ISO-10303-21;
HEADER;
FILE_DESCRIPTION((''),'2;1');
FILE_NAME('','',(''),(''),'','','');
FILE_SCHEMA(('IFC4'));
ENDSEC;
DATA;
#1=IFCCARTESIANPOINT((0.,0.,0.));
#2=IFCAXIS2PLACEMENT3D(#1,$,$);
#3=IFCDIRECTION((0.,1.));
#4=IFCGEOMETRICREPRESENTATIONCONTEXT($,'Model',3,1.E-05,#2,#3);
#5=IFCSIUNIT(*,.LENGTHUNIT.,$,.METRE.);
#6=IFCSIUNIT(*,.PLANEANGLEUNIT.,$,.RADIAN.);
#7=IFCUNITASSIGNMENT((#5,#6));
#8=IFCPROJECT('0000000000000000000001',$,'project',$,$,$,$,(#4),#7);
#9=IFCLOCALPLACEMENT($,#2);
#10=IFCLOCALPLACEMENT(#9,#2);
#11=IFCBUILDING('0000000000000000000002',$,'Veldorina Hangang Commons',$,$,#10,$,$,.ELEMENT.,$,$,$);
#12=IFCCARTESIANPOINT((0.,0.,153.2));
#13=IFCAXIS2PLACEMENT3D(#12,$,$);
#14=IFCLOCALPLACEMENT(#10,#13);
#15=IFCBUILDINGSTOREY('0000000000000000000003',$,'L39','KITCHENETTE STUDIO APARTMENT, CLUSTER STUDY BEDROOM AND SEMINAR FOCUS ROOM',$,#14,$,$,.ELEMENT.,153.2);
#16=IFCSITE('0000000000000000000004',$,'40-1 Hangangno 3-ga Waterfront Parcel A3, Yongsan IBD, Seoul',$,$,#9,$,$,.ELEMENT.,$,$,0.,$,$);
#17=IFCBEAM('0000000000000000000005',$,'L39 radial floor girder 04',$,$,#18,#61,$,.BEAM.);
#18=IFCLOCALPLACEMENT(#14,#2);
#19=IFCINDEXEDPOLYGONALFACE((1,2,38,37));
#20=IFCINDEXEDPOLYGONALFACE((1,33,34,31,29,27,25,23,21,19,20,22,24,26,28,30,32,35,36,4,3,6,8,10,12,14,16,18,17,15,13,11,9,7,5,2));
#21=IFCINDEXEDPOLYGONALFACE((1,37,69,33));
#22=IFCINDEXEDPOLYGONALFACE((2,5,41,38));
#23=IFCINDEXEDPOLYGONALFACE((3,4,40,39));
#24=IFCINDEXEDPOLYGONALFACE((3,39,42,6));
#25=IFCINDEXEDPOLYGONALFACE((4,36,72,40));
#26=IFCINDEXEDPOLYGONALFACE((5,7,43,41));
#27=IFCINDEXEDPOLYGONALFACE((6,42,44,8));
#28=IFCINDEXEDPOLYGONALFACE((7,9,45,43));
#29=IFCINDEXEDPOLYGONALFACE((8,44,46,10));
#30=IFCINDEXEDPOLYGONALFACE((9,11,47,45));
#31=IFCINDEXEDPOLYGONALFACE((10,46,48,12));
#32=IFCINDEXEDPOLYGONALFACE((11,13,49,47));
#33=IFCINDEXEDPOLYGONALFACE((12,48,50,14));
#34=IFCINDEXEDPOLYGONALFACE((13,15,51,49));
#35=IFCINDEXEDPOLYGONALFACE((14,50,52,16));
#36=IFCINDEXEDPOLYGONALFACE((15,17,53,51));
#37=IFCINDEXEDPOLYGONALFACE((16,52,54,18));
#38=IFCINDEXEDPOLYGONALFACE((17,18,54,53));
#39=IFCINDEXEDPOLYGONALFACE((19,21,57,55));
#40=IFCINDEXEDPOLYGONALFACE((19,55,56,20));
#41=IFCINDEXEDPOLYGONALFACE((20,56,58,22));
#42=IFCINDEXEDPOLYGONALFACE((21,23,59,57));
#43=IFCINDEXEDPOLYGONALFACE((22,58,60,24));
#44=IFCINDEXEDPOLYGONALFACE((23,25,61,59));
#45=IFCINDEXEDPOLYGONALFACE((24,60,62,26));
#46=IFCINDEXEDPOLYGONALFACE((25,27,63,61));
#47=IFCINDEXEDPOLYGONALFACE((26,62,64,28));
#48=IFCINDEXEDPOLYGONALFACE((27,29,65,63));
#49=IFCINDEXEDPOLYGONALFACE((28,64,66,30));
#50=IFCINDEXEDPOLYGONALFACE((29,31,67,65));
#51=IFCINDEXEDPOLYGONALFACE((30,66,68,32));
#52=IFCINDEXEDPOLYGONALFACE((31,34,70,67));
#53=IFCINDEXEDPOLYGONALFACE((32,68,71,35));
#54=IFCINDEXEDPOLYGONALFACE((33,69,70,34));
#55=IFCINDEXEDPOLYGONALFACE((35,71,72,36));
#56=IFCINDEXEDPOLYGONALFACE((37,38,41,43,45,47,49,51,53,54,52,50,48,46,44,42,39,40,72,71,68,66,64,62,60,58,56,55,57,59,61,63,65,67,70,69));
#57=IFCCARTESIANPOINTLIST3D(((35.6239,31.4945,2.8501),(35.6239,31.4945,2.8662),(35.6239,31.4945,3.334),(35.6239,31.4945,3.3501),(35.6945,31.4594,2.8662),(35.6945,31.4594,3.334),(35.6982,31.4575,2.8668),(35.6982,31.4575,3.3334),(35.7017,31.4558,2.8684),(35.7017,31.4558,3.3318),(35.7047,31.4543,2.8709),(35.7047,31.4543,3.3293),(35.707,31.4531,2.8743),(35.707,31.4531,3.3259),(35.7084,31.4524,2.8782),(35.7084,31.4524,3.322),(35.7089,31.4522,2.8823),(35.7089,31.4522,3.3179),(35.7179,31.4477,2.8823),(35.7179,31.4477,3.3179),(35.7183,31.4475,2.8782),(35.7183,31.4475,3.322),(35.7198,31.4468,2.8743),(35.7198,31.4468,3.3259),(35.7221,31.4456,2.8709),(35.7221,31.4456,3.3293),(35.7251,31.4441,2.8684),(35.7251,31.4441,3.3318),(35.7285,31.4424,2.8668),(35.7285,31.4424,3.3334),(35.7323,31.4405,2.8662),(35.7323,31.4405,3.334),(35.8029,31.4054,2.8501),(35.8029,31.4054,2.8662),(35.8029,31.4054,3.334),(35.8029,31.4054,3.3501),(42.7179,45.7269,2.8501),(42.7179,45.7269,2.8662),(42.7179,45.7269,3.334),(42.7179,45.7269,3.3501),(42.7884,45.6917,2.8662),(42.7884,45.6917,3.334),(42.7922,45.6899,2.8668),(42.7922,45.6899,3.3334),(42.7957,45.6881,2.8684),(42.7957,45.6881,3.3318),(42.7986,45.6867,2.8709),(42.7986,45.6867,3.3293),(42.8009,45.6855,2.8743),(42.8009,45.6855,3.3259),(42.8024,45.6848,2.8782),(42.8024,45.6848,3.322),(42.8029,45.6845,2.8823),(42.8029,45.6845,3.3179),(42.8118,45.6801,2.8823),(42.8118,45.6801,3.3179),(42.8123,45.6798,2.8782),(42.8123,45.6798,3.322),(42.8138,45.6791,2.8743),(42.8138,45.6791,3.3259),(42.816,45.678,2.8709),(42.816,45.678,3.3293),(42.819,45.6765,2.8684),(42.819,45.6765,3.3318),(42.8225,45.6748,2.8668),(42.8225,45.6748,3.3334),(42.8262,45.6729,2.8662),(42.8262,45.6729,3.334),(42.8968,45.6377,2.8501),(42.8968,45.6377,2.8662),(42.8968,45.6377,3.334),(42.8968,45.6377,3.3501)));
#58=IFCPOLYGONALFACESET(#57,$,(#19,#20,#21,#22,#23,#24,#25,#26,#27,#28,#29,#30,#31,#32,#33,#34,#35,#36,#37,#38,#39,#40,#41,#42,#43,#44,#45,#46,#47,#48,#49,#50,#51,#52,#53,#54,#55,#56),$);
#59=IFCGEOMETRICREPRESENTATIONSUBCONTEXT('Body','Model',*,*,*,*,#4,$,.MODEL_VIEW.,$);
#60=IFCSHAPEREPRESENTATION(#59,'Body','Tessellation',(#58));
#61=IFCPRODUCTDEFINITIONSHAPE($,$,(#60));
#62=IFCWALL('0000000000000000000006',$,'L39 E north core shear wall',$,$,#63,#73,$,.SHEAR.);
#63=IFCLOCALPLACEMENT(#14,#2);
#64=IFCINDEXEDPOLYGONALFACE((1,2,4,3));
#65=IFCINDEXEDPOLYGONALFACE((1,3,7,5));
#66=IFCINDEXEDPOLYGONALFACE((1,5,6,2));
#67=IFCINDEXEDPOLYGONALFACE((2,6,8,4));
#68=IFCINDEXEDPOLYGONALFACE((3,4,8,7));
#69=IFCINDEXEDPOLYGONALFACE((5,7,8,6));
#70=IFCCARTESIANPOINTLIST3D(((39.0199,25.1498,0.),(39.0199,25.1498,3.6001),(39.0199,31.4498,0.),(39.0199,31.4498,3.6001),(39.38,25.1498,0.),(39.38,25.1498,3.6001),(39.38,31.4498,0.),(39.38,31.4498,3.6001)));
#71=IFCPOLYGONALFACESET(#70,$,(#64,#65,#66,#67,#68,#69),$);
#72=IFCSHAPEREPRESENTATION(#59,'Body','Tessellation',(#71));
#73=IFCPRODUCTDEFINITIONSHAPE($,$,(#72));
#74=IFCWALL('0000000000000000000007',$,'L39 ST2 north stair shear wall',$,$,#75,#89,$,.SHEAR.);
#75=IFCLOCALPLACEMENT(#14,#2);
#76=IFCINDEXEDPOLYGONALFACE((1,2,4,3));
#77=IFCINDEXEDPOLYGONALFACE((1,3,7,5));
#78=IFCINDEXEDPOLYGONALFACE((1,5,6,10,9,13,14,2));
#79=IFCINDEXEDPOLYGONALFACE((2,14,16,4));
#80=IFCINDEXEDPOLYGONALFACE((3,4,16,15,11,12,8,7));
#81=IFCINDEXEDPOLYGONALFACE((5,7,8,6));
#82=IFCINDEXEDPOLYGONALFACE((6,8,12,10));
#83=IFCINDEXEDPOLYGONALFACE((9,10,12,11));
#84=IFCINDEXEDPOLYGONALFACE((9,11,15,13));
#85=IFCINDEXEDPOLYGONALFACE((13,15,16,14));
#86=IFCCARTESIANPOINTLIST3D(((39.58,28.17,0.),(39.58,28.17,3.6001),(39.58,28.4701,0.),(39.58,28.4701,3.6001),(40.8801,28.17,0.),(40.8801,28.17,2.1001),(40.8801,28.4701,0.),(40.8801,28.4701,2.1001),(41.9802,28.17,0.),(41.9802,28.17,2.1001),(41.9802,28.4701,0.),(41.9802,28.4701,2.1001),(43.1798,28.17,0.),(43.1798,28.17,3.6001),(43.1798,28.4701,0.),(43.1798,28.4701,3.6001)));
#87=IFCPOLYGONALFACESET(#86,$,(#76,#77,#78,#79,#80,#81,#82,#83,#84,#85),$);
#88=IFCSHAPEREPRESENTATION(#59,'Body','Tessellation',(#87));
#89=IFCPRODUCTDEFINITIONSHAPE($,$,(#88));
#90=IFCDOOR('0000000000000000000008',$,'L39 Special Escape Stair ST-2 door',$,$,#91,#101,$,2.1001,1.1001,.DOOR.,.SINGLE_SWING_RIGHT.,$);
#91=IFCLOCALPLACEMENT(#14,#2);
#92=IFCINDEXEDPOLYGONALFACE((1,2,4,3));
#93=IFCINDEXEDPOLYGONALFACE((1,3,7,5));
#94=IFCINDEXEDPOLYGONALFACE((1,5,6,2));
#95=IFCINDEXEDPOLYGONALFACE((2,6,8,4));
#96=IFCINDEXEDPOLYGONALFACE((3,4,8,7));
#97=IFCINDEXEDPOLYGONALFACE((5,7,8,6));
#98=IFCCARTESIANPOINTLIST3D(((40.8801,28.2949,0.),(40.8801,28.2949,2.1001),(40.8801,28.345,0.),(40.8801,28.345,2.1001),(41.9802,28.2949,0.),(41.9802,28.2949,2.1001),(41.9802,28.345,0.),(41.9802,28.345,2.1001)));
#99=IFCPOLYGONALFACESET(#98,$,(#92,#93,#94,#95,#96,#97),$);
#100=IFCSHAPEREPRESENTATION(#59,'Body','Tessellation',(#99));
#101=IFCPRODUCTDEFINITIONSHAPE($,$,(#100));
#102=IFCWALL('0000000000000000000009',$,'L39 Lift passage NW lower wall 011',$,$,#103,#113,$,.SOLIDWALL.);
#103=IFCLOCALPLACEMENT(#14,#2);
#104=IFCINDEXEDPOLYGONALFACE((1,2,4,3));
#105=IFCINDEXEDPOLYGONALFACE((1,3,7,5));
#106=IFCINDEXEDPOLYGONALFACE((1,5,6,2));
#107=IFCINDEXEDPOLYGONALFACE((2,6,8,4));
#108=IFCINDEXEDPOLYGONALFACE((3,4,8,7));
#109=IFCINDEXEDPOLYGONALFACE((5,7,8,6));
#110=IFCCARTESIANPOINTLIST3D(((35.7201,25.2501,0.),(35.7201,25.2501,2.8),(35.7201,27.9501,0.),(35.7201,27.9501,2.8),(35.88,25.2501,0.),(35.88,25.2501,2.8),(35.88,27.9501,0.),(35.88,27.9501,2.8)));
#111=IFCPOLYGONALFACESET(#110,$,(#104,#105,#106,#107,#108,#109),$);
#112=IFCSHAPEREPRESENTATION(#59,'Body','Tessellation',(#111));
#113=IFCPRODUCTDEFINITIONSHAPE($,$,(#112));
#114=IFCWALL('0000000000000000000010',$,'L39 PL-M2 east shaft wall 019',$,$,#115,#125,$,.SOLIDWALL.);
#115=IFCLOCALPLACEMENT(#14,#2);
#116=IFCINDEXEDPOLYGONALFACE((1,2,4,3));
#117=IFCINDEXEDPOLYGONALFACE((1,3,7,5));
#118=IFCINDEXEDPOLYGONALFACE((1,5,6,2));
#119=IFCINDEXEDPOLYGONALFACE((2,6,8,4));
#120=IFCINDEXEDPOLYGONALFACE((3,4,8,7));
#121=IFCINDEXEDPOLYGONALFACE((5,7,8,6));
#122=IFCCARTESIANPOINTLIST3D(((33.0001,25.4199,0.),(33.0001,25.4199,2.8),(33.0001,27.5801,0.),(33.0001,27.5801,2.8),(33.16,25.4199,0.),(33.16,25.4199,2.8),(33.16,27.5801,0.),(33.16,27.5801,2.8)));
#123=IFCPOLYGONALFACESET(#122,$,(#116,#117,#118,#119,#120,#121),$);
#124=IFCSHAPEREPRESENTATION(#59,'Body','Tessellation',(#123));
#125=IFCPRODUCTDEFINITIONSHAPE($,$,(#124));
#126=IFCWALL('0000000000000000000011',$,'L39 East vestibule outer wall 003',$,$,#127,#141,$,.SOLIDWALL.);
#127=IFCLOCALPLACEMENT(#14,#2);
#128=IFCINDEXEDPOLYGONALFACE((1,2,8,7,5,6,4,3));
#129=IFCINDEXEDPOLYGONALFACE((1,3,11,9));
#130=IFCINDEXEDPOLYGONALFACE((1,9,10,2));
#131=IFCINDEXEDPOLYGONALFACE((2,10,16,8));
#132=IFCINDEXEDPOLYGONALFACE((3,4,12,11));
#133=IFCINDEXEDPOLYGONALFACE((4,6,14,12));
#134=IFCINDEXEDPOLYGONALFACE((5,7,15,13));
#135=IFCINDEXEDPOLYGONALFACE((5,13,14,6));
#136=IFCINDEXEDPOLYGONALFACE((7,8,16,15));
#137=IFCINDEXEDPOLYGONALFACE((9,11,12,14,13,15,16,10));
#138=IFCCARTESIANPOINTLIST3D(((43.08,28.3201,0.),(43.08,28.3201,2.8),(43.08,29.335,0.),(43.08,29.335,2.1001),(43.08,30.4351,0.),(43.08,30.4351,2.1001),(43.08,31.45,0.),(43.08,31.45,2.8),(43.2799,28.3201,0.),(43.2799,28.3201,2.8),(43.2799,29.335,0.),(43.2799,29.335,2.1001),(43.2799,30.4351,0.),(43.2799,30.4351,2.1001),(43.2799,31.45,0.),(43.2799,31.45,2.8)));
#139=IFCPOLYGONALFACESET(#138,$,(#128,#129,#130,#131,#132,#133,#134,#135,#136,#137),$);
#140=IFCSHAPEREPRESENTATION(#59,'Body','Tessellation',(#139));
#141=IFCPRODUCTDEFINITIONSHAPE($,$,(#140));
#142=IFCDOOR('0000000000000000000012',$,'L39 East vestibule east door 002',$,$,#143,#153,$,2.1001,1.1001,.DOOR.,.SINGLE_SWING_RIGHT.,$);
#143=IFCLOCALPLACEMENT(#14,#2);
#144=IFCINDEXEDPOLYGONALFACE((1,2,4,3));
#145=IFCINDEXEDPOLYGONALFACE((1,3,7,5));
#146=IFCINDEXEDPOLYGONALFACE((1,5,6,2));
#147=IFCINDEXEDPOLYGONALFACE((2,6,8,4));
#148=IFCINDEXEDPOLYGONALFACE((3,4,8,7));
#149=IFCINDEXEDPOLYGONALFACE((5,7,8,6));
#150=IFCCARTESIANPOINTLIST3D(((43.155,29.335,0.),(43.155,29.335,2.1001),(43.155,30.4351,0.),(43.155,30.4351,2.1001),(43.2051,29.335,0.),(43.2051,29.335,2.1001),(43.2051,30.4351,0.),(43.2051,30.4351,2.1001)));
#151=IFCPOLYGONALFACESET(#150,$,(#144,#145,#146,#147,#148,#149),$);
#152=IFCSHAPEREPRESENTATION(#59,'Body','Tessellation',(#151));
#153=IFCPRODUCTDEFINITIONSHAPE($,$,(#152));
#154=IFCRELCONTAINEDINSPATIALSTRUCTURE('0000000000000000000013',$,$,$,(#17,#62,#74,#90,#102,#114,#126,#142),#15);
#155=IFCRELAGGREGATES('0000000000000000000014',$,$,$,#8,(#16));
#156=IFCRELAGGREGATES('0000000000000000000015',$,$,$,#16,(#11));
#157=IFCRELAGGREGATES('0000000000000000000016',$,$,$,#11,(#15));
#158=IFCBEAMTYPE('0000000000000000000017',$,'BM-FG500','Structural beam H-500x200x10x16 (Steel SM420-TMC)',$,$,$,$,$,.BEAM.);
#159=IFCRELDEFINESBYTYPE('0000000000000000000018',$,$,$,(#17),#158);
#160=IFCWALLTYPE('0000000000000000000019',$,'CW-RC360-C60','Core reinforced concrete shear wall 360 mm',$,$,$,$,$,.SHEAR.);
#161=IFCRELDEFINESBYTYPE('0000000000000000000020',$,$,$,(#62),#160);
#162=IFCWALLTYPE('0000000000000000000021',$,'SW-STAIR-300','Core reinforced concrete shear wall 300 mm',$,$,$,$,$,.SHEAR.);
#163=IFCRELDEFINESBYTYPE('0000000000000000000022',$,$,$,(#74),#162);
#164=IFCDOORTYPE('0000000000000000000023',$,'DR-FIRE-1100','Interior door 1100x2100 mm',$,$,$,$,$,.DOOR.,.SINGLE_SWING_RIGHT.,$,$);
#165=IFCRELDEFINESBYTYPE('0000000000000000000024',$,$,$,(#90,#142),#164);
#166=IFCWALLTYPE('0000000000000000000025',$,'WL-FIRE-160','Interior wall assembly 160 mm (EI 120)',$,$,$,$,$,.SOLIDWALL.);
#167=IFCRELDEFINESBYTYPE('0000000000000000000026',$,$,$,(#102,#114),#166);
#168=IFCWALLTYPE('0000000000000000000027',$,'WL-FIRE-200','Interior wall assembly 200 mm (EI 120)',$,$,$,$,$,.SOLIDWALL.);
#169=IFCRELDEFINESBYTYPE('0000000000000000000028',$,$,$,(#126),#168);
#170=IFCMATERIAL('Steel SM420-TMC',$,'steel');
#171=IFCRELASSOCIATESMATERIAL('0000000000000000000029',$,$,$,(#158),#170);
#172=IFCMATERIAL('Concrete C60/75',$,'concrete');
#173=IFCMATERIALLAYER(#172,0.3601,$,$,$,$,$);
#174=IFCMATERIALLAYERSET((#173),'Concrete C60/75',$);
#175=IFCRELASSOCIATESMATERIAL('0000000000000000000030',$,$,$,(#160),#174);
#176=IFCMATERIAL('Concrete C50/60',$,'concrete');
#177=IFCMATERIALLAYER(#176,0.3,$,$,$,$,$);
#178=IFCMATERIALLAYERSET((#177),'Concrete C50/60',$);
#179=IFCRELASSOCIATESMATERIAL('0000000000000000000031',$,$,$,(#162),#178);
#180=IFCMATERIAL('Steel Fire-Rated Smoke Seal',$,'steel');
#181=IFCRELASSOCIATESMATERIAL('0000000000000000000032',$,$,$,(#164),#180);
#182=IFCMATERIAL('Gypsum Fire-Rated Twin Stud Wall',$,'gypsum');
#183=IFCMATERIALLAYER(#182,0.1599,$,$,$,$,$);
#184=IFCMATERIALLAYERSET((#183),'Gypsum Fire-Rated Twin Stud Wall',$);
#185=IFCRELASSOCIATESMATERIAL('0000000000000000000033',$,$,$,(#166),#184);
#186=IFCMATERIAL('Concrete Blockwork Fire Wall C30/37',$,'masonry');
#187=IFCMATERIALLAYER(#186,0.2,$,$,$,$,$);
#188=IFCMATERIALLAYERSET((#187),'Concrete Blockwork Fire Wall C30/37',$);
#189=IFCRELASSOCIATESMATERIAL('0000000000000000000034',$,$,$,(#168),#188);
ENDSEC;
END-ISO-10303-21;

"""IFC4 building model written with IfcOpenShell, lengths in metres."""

from ifc_helpers import new_model, si_unit, direction, frame, frame_2d, origin, origin_2d, place, context, subcontext, project, spatial, rectangle, i_section, extrude, material, layer, layer_set, material_profile, profile_set, type_object, element, fill, save


model = new_model("IFC4")

# Units and contexts
model_context = context("Model", 3, precision=1e-05, world=origin(), true_north=direction((0.0, 1.0)))
body_context = subcontext(model_context, "Body", "Model", "MODEL_VIEW")
ifc_project = project(units=[si_unit("LENGTHUNIT", "METRE"), si_unit("PLANEANGLEUNIT", "RADIAN")], contexts=[model_context])

# Site, building, storey
site_placement = place(None, origin())
site = spatial("IfcSite", under=ifc_project, at=site_placement, Name="40-1 Hangangno 3-ga Waterfront Parcel A3, Yongsan IBD, Seoul", CompositionType="ELEMENT", RefElevation=0.0)
building_placement = place(site_placement, origin())
building = spatial("IfcBuilding", under=site, at=building_placement, Name="Veldorina Hangang Commons", CompositionType="ELEMENT")
storey_placement = place(building_placement, frame((0.0, 0.0, 153.2)))
storey = spatial("IfcBuildingStorey", under=building, at=storey_placement, Name="L39", Description="KITCHENETTE STUDIO APARTMENT, CLUSTER STUDY BEDROOM AND SEMINAR FOCUS ROOM", CompositionType="ELEMENT", Elevation=153.2)

# Beam
ifc_material_1 = material(Name="Concrete C60/75", Category="concrete")
ifc_material_2 = material(Name="Steel SM420-TMC", Category="steel")
ifc_material_profile_1 = material_profile(ifc_material_2, i_section(OverallWidth=0.2, OverallDepth=0.5, WebThickness=0.01, FlangeThickness=0.0161, FilletRadius=0.0161, at=origin_2d()), Name="H-500x200x10x16")
ifc_profile_set_1 = profile_set([ifc_material_profile_1], Name="Steel SM420-TMC")
beam_type_1 = type_object("IfcBeamType", Name="BM-FG500", Description="Structural beam H-500x200x10x16 (Steel SM420-TMC)", PredefinedType="BEAM", material=ifc_profile_set_1)
beam_1_placement = place(storey_placement, frame((35.7134, 31.45, 3.1001), z_axis=(0.446096, 0.894985, 0.0), x_axis=(-0.894985, 0.446096, 0.0)))
element("IfcBeam", 1, at=beam_1_placement, inside=storey, type_object=beam_type_1, Name="L39 radial floor girder 04", PredefinedType="BEAM", context=body_context, shape_type="SweptSolid", body=[
    extrude(i_section(OverallWidth=0.2, OverallDepth=0.5, WebThickness=0.01, FlangeThickness=0.0161, FilletRadius=0.0161, at=origin_2d()), origin(), (0.0, 0.0, 1.0), 15.9023),
])

# Wall
ifc_layer_1 = layer(ifc_material_1, 0.3601)
ifc_layer_set_1 = layer_set([ifc_layer_1], Name="Concrete C60/75")
wall_type_1 = type_object("IfcWallType", Name="CW-RC360-C60", Description="Core reinforced concrete shear wall 360 mm", PredefinedType="SHEAR", material=ifc_layer_set_1)
wall_1_placement = place(storey_placement, frame((39.2, 25.1499, 0.0), z_axis=(0.0, 0.0, 1.0), x_axis=(0.0, 1.0, 0.0)))
element("IfcWall", 2, at=wall_1_placement, inside=storey, type_object=wall_type_1, Name="L39 E north core shear wall", PredefinedType="SHEAR", context=body_context, shape_type="SweptSolid", body=[
    extrude(rectangle(XDim=6.3, YDim=0.3601, at=frame_2d((3.1499, 0.0))), origin(), (0.0, 0.0, 1.0), 3.6001),
])

# Wall, opening, door
ifc_material_3 = material(Name="Concrete C50/60", Category="concrete")
ifc_layer_2 = layer(ifc_material_3, 0.3)
ifc_layer_set_2 = layer_set([ifc_layer_2], Name="Concrete C50/60")
wall_type_2 = type_object("IfcWallType", Name="SW-STAIR-300", Description="Core reinforced concrete shear wall 300 mm", PredefinedType="SHEAR", material=ifc_layer_set_2)
wall_2_placement = place(storey_placement, frame((39.5801, 28.3201, 0.0), z_axis=(0.0, 0.0, 1.0), x_axis=(1.0, 0.0, 0.0)))
wall_2 = element("IfcWall", 3, at=wall_2_placement, inside=storey, type_object=wall_type_2, Name="L39 ST2 north stair shear wall", PredefinedType="SHEAR", context=body_context, shape_type="SweptSolid", body=[
    extrude(rectangle(XDim=3.5999, YDim=0.3, at=frame_2d((1.7998, 0.0))), origin(), (0.0, 0.0, 1.0), 3.6001),
])
opening_1_placement = place(wall_2_placement, frame((1.3, 0.0, 0.0)))
opening_1 = element("IfcOpeningElement", 4, at=opening_1_placement, cuts=wall_2, PredefinedType="OPENING", context=body_context, shape_type="SweptSolid", body=[
    extrude(rectangle(XDim=1.1001, YDim=2.1001, at=frame_2d((0.55, 1.05))), frame((0.0, 0.1602, 0.0), z_axis=(0.0, -1.0, 0.0), x_axis=(1.0, 0.0, 0.0)), (0.0, 0.0, 1.0), 0.3201),
])
ifc_material_4 = material(Name="Steel Fire-Rated Smoke Seal", Category="steel")
door_type_1 = type_object("IfcDoorType", Name="DR-FIRE-1100", Description="Interior door 1100x2100 mm", OperationType="SINGLE_SWING_RIGHT", PredefinedType="DOOR", material=ifc_material_4)
door_1_placement = place(opening_1_placement, origin())
door_1 = element("IfcDoor", 5, at=door_1_placement, inside=storey, type_object=door_type_1, Name="L39 Special Escape Stair ST-2 door", OperationType="SINGLE_SWING_RIGHT", OverallHeight=2.1001, OverallWidth=1.1001, PredefinedType="DOOR", context=body_context, shape_type="SweptSolid", body=[
    extrude(rectangle(XDim=1.1001, YDim=2.1001, at=frame_2d((0.55, 1.05))), frame((0.0, 0.0249, 0.0), z_axis=(0.0, -1.0, 0.0), x_axis=(1.0, 0.0, 0.0)), (0.0, 0.0, 1.0), 0.05),
])
fill(opening_1, door_1)

# Walls
ifc_material_5 = material(Name="Gypsum Fire-Rated Twin Stud Wall", Category="gypsum")
ifc_layer_3 = layer(ifc_material_5, 0.1599)
ifc_layer_set_3 = layer_set([ifc_layer_3], Name="Gypsum Fire-Rated Twin Stud Wall")
wall_type_3 = type_object("IfcWallType", Name="WL-FIRE-160", Description="Interior wall assembly 160 mm (EI 120)", PredefinedType="SOLIDWALL", material=ifc_layer_set_3)
wall_3_placement = place(storey_placement, frame((35.8, 25.25, 0.0), z_axis=(0.0, 0.0, 1.0), x_axis=(0.0, 1.0, 0.0)))
element("IfcWall", 6, at=wall_3_placement, inside=storey, type_object=wall_type_3, Name="L39 Lift passage NW lower wall 011", PredefinedType="SOLIDWALL", context=body_context, shape_type="SweptSolid", body=[
    extrude(rectangle(XDim=2.7, YDim=0.1599, at=frame_2d((1.3501, 0.0))), origin(), (0.0, 0.0, 1.0), 2.8),
])
wall_4_placement = place(storey_placement, frame((33.0801, 25.4199, 0.0), z_axis=(0.0, 0.0, 1.0), x_axis=(0.0, 1.0, 0.0)))
element("IfcWall", 7, at=wall_4_placement, inside=storey, type_object=wall_type_3, Name="L39 PL-M2 east shaft wall 019", PredefinedType="SOLIDWALL", context=body_context, shape_type="SweptSolid", body=[
    extrude(rectangle(XDim=2.1602, YDim=0.1599, at=frame_2d((1.0801, 0.0))), origin(), (0.0, 0.0, 1.0), 2.8),
])

# Wall, opening, door
ifc_material_6 = material(Name="Concrete Blockwork Fire Wall C30/37", Category="masonry")
ifc_layer_4 = layer(ifc_material_6, 0.2)
ifc_layer_set_4 = layer_set([ifc_layer_4], Name="Concrete Blockwork Fire Wall C30/37")
wall_type_4 = type_object("IfcWallType", Name="WL-FIRE-200", Description="Interior wall assembly 200 mm (EI 120)", PredefinedType="SOLIDWALL", material=ifc_layer_set_4)
wall_5_placement = place(storey_placement, frame((43.1799, 28.3201, 0.0), z_axis=(0.0, 0.0, 1.0), x_axis=(0.0, 1.0, 0.0)))
wall_5 = element("IfcWall", 8, at=wall_5_placement, inside=storey, type_object=wall_type_4, Name="L39 East vestibule outer wall 003", PredefinedType="SOLIDWALL", context=body_context, shape_type="SweptSolid", body=[
    extrude(rectangle(XDim=3.1299, YDim=0.2, at=frame_2d((1.5649, 0.0))), origin(), (0.0, 0.0, 1.0), 2.8),
])
opening_2_placement = place(wall_5_placement, frame((1.0149, 0.0, 0.0)))
opening_2 = element("IfcOpeningElement", 9, at=opening_2_placement, cuts=wall_5, PredefinedType="OPENING", context=body_context, shape_type="SweptSolid", body=[
    extrude(rectangle(XDim=1.1001, YDim=2.1001, at=frame_2d((0.55, 1.05))), frame((0.0, 0.1099, 0.0), z_axis=(0.0, -1.0, 0.0), x_axis=(1.0, 0.0, 0.0)), (0.0, 0.0, 1.0), 0.22),
])
door_2_placement = place(opening_2_placement, origin())
door_2 = element("IfcDoor", 10, at=door_2_placement, inside=storey, type_object=door_type_1, Name="L39 East vestibule east door 002", OperationType="SINGLE_SWING_RIGHT", OverallHeight=2.1001, OverallWidth=1.1001, PredefinedType="DOOR", context=body_context, shape_type="SweptSolid", body=[
    extrude(rectangle(XDim=1.1001, YDim=2.1001, at=frame_2d((0.55, 1.05))), frame((0.0, 0.0249, 0.0), z_axis=(0.0, -1.0, 0.0), x_axis=(1.0, 0.0, 0.0)), (0.0, 0.0, 1.0), 0.05),
])
fill(opening_2, door_2)

save(model, "model.ifc")
